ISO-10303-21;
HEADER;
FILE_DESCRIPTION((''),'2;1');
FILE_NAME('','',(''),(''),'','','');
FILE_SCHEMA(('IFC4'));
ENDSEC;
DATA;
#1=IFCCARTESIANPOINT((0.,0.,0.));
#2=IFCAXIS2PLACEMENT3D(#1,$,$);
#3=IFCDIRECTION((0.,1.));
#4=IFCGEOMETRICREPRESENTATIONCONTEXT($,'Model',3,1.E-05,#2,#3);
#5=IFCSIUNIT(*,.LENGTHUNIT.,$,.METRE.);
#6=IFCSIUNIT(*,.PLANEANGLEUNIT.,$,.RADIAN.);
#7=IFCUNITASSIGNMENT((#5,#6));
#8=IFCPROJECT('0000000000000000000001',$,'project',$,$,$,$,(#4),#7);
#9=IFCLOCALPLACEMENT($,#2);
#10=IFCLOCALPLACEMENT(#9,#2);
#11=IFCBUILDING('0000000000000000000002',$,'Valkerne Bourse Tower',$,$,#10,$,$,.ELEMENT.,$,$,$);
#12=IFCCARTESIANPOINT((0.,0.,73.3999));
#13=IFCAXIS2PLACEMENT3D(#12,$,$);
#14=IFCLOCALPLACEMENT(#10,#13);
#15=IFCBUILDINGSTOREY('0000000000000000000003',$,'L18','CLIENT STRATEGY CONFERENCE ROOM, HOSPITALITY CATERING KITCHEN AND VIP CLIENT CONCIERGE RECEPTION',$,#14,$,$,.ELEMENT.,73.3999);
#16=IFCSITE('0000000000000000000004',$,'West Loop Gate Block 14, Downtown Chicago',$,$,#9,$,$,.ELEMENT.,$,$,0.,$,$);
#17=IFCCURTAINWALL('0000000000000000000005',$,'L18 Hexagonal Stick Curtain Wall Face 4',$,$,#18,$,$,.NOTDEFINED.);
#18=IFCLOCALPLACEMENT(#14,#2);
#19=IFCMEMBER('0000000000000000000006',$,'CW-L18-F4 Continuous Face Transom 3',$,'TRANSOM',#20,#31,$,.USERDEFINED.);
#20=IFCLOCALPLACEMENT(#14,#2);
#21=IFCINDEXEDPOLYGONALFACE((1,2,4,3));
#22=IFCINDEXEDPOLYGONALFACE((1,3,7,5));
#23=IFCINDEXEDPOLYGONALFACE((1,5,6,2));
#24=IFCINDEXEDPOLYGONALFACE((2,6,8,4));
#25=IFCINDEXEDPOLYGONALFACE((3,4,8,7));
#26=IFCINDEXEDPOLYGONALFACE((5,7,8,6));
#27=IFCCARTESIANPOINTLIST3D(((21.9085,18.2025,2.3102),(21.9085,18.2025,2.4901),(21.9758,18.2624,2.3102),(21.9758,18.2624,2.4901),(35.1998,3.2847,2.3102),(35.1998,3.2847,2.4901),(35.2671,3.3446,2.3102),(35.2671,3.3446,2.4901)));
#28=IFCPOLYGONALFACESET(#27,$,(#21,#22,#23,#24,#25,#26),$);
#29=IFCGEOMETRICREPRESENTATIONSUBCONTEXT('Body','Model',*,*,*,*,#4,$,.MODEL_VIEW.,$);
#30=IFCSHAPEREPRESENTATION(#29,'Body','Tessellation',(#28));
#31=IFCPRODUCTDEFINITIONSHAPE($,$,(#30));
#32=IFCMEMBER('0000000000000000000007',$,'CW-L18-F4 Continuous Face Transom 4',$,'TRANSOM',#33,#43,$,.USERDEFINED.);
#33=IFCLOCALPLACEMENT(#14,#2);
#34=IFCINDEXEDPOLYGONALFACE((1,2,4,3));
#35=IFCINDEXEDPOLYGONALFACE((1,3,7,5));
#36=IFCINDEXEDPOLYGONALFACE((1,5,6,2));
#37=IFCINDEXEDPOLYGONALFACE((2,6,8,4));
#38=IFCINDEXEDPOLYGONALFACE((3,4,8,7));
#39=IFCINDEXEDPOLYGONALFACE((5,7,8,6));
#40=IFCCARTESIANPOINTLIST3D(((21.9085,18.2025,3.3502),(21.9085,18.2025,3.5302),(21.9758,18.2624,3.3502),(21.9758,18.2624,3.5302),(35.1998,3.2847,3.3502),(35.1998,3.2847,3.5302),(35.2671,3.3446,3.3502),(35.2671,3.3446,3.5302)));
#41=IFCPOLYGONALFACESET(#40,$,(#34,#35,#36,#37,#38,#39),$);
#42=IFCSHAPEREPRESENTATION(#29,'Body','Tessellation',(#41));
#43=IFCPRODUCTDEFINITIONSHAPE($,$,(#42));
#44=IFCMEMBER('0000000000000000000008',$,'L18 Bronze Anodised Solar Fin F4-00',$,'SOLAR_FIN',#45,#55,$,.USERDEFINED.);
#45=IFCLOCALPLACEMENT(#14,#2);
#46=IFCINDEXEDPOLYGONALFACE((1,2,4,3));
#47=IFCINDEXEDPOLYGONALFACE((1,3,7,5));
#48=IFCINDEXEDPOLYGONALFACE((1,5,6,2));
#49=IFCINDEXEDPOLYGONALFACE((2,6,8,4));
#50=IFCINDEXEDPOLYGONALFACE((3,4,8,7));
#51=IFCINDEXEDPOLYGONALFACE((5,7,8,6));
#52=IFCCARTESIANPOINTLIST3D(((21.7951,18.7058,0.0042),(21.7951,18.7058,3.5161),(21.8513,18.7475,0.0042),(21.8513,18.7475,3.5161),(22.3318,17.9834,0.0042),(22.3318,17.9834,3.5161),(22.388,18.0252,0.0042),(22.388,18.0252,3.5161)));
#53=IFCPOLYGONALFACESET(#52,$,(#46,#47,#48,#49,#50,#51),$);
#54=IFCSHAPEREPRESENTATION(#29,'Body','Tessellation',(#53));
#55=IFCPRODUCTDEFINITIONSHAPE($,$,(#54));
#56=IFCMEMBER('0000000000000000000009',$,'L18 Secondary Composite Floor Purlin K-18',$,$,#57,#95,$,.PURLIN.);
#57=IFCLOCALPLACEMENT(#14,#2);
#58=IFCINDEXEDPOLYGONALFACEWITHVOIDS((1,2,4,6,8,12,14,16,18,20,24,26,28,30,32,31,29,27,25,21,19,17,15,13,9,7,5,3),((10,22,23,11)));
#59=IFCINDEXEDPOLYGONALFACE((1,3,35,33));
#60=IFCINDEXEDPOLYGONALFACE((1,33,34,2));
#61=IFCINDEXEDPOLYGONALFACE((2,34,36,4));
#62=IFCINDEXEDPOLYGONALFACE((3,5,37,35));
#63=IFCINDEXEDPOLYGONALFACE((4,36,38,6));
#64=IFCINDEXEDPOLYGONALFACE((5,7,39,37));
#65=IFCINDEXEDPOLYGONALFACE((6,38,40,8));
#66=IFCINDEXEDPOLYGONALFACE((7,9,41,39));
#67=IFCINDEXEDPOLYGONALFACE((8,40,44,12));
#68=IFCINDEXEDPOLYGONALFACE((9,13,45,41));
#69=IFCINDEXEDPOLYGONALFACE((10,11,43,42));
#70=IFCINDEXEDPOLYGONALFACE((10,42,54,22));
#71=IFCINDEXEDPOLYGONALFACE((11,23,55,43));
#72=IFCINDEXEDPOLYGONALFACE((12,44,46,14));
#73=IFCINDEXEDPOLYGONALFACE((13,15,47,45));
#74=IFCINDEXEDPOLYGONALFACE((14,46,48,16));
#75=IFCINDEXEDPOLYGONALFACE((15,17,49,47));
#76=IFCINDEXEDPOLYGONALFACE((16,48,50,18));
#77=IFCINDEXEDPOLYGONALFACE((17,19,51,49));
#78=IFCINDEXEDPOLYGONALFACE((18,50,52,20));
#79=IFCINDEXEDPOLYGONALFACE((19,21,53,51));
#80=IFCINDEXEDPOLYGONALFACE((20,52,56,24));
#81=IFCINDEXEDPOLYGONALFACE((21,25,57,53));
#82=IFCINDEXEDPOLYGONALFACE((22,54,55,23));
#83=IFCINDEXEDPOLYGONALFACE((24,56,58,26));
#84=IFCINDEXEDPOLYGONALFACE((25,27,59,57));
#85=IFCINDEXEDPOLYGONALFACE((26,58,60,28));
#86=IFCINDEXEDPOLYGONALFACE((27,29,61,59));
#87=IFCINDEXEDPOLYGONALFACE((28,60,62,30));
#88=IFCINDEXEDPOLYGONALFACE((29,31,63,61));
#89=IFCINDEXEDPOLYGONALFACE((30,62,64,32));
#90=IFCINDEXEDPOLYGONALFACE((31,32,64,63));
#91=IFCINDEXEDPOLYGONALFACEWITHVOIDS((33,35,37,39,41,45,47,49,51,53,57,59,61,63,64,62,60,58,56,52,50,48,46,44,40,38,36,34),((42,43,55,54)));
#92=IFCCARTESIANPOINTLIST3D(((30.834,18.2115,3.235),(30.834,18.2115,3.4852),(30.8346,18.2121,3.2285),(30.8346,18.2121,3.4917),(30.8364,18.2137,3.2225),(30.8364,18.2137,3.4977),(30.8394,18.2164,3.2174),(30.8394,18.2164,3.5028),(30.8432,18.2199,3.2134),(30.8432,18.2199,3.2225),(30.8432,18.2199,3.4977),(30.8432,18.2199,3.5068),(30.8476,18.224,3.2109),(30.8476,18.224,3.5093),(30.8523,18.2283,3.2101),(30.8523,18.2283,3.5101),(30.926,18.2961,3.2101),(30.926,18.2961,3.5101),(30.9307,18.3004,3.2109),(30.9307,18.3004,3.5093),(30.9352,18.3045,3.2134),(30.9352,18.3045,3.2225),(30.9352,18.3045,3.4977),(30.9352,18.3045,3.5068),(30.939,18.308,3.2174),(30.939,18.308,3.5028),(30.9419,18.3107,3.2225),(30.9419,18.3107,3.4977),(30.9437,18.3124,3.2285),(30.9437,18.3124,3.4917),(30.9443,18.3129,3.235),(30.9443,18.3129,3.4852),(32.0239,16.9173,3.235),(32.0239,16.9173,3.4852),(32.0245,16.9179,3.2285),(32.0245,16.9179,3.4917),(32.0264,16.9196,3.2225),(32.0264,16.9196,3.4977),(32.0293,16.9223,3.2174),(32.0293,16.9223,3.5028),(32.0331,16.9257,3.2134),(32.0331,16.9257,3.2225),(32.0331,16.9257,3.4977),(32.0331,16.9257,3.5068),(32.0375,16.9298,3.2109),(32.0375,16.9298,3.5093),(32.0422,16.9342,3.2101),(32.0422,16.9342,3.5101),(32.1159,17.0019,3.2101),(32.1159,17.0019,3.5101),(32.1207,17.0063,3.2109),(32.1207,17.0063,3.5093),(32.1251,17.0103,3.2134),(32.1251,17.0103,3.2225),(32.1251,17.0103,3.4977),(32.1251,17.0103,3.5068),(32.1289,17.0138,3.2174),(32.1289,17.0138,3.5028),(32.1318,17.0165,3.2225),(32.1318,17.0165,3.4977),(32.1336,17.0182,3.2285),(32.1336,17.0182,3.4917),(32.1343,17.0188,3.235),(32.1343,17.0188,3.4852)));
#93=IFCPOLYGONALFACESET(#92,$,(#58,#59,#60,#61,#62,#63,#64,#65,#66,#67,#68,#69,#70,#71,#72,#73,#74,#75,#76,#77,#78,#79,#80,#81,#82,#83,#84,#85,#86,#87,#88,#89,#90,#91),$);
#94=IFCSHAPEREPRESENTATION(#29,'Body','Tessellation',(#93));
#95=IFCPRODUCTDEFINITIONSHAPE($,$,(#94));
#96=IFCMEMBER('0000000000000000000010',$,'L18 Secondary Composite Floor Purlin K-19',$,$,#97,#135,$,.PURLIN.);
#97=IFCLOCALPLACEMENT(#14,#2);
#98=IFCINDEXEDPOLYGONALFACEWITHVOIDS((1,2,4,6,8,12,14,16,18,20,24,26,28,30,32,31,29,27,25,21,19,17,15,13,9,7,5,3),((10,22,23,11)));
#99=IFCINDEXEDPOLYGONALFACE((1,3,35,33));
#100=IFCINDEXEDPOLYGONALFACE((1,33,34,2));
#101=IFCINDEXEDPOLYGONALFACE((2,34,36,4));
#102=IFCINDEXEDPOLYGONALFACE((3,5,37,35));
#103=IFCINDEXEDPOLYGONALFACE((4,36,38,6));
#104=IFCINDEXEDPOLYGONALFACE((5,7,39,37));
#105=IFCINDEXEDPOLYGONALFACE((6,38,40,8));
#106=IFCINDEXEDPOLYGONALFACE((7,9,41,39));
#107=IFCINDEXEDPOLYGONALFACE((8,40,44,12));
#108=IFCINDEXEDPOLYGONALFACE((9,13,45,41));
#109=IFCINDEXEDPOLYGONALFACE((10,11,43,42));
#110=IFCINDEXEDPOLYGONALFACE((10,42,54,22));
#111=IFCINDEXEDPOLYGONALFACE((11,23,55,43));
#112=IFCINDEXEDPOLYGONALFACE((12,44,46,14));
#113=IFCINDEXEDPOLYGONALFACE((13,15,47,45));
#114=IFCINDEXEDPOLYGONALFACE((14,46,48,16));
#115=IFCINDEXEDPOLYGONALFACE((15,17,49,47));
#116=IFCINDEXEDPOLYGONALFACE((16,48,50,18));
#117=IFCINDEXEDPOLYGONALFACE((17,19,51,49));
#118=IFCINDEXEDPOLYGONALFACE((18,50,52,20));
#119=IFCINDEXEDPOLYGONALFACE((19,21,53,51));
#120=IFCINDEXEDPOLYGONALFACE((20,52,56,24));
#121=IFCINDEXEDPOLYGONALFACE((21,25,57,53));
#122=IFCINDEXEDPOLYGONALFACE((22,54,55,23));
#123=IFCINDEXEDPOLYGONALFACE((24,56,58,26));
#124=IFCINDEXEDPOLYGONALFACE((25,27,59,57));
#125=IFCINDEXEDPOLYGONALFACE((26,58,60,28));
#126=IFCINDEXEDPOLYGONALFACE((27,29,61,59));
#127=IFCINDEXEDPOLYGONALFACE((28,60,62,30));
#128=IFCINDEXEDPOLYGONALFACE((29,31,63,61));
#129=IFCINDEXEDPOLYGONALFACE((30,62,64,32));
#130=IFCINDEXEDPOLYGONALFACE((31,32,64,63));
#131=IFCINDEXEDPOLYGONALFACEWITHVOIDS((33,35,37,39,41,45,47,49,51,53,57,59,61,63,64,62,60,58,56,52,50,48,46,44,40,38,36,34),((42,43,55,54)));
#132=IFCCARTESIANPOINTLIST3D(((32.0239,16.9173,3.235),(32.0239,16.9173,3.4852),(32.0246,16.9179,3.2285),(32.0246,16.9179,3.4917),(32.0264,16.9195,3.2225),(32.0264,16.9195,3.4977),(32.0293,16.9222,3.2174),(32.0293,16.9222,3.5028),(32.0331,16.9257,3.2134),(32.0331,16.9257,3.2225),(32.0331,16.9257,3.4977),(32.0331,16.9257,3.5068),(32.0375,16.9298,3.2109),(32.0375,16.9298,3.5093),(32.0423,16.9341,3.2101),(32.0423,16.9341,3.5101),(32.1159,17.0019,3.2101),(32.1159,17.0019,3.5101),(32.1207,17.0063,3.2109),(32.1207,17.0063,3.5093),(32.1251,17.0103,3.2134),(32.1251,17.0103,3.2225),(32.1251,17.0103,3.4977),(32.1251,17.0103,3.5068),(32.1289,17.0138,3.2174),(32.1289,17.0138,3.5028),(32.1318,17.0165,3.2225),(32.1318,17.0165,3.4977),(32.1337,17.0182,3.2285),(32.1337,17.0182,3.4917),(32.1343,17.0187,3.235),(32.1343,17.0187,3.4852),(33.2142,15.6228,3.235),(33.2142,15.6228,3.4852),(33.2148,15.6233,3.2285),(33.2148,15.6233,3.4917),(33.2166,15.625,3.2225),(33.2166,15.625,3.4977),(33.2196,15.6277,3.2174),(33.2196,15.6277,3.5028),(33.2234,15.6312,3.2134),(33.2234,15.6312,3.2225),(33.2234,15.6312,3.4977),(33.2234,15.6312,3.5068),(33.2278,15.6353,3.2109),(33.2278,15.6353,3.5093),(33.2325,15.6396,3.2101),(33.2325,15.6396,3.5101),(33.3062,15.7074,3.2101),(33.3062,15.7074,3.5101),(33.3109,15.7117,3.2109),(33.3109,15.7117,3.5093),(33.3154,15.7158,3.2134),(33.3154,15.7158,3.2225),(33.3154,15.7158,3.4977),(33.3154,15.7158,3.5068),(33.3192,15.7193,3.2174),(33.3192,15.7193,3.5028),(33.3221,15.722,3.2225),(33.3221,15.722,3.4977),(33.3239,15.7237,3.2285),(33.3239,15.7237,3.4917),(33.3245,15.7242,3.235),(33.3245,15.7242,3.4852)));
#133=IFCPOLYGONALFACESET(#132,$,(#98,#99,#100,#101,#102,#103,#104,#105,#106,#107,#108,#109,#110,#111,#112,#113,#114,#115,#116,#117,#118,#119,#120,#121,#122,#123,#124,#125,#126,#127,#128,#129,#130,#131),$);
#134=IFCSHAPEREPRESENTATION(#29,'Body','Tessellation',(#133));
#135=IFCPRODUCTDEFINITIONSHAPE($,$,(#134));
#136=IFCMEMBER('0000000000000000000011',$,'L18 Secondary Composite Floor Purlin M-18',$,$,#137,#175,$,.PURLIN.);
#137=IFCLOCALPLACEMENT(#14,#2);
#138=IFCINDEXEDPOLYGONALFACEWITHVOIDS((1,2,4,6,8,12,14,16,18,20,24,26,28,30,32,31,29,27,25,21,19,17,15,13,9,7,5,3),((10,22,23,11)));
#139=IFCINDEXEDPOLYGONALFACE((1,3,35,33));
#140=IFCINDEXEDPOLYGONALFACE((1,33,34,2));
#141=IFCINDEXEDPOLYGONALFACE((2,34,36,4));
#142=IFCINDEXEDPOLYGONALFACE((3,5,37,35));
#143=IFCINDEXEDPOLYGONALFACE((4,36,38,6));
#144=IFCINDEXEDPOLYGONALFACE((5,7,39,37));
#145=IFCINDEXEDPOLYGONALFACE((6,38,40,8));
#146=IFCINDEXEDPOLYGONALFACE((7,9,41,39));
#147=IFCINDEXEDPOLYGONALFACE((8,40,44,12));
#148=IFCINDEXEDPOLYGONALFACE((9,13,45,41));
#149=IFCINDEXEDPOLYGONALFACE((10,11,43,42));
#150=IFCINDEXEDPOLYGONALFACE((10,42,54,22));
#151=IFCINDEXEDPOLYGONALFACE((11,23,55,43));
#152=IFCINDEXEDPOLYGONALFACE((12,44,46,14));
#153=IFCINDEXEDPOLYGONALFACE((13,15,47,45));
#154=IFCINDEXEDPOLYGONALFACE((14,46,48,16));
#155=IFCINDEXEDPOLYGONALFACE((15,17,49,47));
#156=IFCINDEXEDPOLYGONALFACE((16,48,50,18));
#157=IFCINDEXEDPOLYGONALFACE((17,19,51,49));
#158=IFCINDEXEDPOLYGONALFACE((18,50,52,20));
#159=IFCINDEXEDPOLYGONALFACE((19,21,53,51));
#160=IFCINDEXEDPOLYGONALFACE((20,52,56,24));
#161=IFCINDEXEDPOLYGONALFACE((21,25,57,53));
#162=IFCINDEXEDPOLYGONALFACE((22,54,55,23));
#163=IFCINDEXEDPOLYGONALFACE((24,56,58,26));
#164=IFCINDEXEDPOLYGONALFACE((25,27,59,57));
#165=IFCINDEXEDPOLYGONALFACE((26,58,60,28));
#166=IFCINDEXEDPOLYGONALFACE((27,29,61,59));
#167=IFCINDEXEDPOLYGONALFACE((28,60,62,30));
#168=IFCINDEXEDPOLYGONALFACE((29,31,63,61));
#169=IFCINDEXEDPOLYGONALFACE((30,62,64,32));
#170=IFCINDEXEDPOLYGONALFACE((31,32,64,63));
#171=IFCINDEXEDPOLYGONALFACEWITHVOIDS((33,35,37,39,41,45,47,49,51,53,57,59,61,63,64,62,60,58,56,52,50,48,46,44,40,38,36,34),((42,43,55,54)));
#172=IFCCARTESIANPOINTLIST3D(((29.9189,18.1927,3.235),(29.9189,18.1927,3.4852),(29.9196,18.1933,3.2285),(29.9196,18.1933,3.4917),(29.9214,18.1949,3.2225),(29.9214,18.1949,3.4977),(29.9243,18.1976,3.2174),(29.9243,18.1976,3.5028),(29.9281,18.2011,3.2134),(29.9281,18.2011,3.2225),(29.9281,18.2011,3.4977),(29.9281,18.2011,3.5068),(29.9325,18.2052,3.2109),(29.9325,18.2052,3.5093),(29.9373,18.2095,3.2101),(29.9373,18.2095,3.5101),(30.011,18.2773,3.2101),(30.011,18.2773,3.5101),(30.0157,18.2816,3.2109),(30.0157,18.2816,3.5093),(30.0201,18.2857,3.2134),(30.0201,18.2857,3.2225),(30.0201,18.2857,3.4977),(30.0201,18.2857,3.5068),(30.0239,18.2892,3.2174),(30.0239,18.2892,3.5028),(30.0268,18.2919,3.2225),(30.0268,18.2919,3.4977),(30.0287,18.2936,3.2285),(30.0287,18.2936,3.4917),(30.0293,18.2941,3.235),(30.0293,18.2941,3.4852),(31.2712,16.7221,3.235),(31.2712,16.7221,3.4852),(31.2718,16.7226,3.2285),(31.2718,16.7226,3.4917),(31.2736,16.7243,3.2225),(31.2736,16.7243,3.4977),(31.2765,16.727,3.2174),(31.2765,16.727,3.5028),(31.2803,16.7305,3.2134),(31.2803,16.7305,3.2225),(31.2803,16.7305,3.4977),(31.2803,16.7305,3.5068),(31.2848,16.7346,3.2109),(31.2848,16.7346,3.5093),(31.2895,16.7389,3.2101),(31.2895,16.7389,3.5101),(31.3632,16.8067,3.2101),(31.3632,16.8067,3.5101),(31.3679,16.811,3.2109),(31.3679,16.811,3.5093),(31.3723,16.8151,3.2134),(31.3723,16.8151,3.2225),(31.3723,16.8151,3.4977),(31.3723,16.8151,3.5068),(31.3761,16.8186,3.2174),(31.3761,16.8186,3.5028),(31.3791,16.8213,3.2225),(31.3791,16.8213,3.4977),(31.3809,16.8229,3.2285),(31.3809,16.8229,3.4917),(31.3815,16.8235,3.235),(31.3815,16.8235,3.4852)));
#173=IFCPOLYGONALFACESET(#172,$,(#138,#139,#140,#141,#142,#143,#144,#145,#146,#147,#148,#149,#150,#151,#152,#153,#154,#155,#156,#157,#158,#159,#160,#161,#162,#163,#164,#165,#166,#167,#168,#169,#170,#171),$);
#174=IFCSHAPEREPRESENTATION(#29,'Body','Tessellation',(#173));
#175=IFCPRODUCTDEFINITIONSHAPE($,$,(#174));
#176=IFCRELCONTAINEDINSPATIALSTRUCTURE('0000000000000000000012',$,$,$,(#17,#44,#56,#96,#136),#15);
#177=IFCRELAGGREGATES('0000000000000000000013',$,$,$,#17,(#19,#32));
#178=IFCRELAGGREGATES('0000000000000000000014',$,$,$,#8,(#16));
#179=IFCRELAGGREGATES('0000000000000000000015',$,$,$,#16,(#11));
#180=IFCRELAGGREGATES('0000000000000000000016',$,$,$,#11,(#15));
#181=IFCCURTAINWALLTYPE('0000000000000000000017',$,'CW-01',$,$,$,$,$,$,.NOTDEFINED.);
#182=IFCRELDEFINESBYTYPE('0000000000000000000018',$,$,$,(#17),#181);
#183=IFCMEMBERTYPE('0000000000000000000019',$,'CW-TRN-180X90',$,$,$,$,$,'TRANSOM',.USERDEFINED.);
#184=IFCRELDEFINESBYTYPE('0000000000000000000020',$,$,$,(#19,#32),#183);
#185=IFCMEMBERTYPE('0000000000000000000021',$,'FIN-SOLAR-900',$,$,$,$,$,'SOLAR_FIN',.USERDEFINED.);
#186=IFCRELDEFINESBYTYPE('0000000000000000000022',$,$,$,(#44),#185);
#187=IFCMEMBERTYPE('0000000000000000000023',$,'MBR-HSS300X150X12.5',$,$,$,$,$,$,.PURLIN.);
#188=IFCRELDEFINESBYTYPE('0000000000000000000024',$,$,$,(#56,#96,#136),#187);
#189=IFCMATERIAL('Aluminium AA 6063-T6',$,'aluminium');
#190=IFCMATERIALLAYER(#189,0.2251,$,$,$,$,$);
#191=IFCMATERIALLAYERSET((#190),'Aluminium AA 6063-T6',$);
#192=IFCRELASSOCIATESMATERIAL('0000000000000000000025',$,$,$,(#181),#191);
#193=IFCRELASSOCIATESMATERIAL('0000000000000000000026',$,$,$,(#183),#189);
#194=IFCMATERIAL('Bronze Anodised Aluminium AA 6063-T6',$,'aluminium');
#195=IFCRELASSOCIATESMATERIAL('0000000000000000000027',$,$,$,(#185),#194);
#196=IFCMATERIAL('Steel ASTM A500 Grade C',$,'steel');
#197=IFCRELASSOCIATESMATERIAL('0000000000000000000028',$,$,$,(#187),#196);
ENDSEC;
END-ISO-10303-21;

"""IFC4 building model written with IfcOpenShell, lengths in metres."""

from ifc_helpers import new_model, si_unit, direction, frame, origin, origin_2d, place, context, subcontext, project, spatial, rectangle, hollow_rectangle, extrude, material, layer, layer_set, material_profile, profile_set, type_object, element, aggregate, save


model = new_model("IFC4")

# Units and contexts
model_context = context("Model", 3, precision=1e-05, world=origin(), true_north=direction((0.0, 1.0)))
body_context = subcontext(model_context, "Body", "Model", "MODEL_VIEW")
ifc_project = project(units=[si_unit("LENGTHUNIT", "METRE"), si_unit("PLANEANGLEUNIT", "RADIAN")], contexts=[model_context])

# Site, building, storey
site_placement = place(None, origin())
site = spatial("IfcSite", under=ifc_project, at=site_placement, Name="West Loop Gate Block 14, Downtown Chicago", CompositionType="ELEMENT", RefElevation=0.0)
building_placement = place(site_placement, origin())
building = spatial("IfcBuilding", under=site, at=building_placement, Name="Valkerne Bourse Tower", CompositionType="ELEMENT")
storey_placement = place(building_placement, frame((0.0, 0.0, 73.3999)))
storey = spatial("IfcBuildingStorey", under=building, at=storey_placement, Name="L18", Description="CLIENT STRATEGY CONFERENCE ROOM, HOSPITALITY CATERING KITCHEN AND VIP CLIENT CONCIERGE RECEPTION", CompositionType="ELEMENT", Elevation=73.3999)

# Curtain wall, members
ifc_material_1 = material(Name="Aluminium AA 6063-T6", Category="aluminium")
ifc_layer_1 = layer(ifc_material_1, 0.2251)
ifc_layer_set_1 = layer_set([ifc_layer_1], Name="Aluminium AA 6063-T6")
curtain_wall_type = type_object("IfcCurtainWallType", Name="CW-01", PredefinedType="NOTDEFINED", material=ifc_layer_set_1)
curtain_wall_placement = place(storey_placement, origin())
curtain_wall = element("IfcCurtainWall", 1, at=curtain_wall_placement, inside=storey, type_object=curtain_wall_type, Name="L18 Hexagonal Stick Curtain Wall Face 4", PredefinedType="NOTDEFINED")
ifc_material_profile_1 = material_profile(ifc_material_1, rectangle(XDim=0.0901, YDim=0.1799, at=origin_2d()), Name="CWT-90X180")
ifc_profile_set_1 = profile_set([ifc_material_profile_1], Name="Aluminium AA 6063-T6")
member_type_1 = type_object("IfcMemberType", Name="CW-TRN-180X90", ElementType="TRANSOM", PredefinedType="USERDEFINED", material=ifc_profile_set_1)
member_1_placement = place(storey_placement, frame((21.9421, 18.2324, 2.4001), z_axis=(0.665232, -0.746637, 0.0), x_axis=(0.746637, 0.665232, 0.0)))
member_1 = element("IfcMember", 2, at=member_1_placement, type_object=member_type_1, Name="CW-L18-F4 Continuous Face Transom 3", ObjectType="TRANSOM", PredefinedType="USERDEFINED", context=body_context, shape_type="SweptSolid", body=[
    extrude(rectangle(XDim=0.0901, YDim=0.1799, at=origin_2d()), origin(), (0.0, 0.0, 1.0), 19.98),
])
member_2_placement = place(storey_placement, frame((21.9421, 18.2324, 3.4402), z_axis=(0.665232, -0.746637, 0.0), x_axis=(0.746637, 0.665232, 0.0)))
member_2 = element("IfcMember", 3, at=member_2_placement, type_object=member_type_1, Name="CW-L18-F4 Continuous Face Transom 4", ObjectType="TRANSOM", PredefinedType="USERDEFINED", context=body_context, shape_type="SweptSolid", body=[
    extrude(rectangle(XDim=0.0901, YDim=0.1799, at=origin_2d()), origin(), (0.0, 0.0, 1.0), 19.98),
])

# Members
ifc_material_2 = material(Name="Bronze Anodised Aluminium AA 6063-T6", Category="aluminium")
ifc_material_profile_2 = material_profile(ifc_material_2, rectangle(XDim=0.0701, YDim=0.8999, at=origin_2d()), Name="FIN-70X900")
ifc_profile_set_2 = profile_set([ifc_material_profile_2], Name="Bronze Anodised Aluminium AA 6063-T6")
member_type_2 = type_object("IfcMemberType", Name="FIN-SOLAR-900", ElementType="SOLAR_FIN", PredefinedType="USERDEFINED", material=ifc_profile_set_2)
member_3_placement = place(storey_placement, frame((22.0916, 18.3655, 0.0042), z_axis=(0.0, 0.0, 1.0), x_axis=(-0.802679, -0.596411, 0.0)))
element("IfcMember", 4, at=member_3_placement, inside=storey, type_object=member_type_2, Name="L18 Bronze Anodised Solar Fin F4-00", ObjectType="SOLAR_FIN", PredefinedType="USERDEFINED", context=body_context, shape_type="SweptSolid", body=[
    extrude(rectangle(XDim=0.0701, YDim=0.8999, at=origin_2d()), origin(), (0.0, 0.0, 1.0), 3.512),
])
ifc_material_3 = material(Name="Steel ASTM A500 Grade C", Category="steel")
ifc_material_profile_3 = material_profile(ifc_material_3, hollow_rectangle(XDim=0.1499, YDim=0.3, WallThickness=0.0125, OuterFilletRadius=0.0249, at=origin_2d()), Name="HSS300X150X12.5")
ifc_profile_set_3 = profile_set([ifc_material_profile_3], Name="Steel ASTM A500 Grade C")
member_type_3 = type_object("IfcMemberType", Name="MBR-HSS300X150X12.5", PredefinedType="PURLIN", material=ifc_profile_set_3)
member_4_placement = place(storey_placement, frame((30.8892, 18.2622, 3.3601), z_axis=(0.676837, -0.736133, 0.0), x_axis=(0.736133, 0.676837, 0.0)))
element("IfcMember", 5, at=member_4_placement, inside=storey, type_object=member_type_3, Name="L18 Secondary Composite Floor Purlin K-18", PredefinedType="PURLIN", context=body_context, shape_type="SweptSolid", body=[
    extrude(hollow_rectangle(XDim=0.1499, YDim=0.3, WallThickness=0.0125, OuterFilletRadius=0.0249, at=origin_2d()), origin(), (0.0, 0.0, 1.0), 1.7581),
])
member_5_placement = place(storey_placement, frame((32.0791, 16.968, 3.3601), z_axis=(0.676843, -0.736127, 0.0), x_axis=(0.736127, 0.676843, 0.0)))
element("IfcMember", 6, at=member_5_placement, inside=storey, type_object=member_type_3, Name="L18 Secondary Composite Floor Purlin K-19", PredefinedType="PURLIN", context=body_context, shape_type="SweptSolid", body=[
    extrude(hollow_rectangle(XDim=0.1499, YDim=0.3, WallThickness=0.0125, OuterFilletRadius=0.0249, at=origin_2d()), origin(), (0.0, 0.0, 1.0), 1.7585),
])
for number, where, z_axis, x_axis, name in (
    (7, (29.9741, 18.2434, 3.3601), (0.676853, -0.736119, 0.0), (0.736119, 0.676853, 0.0), "L18 Secondary Composite Floor Purlin M-18"),
):
    element("IfcMember", number, at=place(storey_placement, frame(where, z_axis=z_axis, x_axis=x_axis)), inside=storey, type_object=member_type_3, Name=name, PredefinedType="PURLIN", context=body_context, shape_type="SweptSolid", body=[
        extrude(hollow_rectangle(XDim=0.1499, YDim=0.3, WallThickness=0.0125, OuterFilletRadius=0.0249, at=origin_2d()), origin(), (0.0, 0.0, 1.0), 1.9978),
    ])

aggregate(curtain_wall, [member_1, member_2])

save(model, "model.ifc")
